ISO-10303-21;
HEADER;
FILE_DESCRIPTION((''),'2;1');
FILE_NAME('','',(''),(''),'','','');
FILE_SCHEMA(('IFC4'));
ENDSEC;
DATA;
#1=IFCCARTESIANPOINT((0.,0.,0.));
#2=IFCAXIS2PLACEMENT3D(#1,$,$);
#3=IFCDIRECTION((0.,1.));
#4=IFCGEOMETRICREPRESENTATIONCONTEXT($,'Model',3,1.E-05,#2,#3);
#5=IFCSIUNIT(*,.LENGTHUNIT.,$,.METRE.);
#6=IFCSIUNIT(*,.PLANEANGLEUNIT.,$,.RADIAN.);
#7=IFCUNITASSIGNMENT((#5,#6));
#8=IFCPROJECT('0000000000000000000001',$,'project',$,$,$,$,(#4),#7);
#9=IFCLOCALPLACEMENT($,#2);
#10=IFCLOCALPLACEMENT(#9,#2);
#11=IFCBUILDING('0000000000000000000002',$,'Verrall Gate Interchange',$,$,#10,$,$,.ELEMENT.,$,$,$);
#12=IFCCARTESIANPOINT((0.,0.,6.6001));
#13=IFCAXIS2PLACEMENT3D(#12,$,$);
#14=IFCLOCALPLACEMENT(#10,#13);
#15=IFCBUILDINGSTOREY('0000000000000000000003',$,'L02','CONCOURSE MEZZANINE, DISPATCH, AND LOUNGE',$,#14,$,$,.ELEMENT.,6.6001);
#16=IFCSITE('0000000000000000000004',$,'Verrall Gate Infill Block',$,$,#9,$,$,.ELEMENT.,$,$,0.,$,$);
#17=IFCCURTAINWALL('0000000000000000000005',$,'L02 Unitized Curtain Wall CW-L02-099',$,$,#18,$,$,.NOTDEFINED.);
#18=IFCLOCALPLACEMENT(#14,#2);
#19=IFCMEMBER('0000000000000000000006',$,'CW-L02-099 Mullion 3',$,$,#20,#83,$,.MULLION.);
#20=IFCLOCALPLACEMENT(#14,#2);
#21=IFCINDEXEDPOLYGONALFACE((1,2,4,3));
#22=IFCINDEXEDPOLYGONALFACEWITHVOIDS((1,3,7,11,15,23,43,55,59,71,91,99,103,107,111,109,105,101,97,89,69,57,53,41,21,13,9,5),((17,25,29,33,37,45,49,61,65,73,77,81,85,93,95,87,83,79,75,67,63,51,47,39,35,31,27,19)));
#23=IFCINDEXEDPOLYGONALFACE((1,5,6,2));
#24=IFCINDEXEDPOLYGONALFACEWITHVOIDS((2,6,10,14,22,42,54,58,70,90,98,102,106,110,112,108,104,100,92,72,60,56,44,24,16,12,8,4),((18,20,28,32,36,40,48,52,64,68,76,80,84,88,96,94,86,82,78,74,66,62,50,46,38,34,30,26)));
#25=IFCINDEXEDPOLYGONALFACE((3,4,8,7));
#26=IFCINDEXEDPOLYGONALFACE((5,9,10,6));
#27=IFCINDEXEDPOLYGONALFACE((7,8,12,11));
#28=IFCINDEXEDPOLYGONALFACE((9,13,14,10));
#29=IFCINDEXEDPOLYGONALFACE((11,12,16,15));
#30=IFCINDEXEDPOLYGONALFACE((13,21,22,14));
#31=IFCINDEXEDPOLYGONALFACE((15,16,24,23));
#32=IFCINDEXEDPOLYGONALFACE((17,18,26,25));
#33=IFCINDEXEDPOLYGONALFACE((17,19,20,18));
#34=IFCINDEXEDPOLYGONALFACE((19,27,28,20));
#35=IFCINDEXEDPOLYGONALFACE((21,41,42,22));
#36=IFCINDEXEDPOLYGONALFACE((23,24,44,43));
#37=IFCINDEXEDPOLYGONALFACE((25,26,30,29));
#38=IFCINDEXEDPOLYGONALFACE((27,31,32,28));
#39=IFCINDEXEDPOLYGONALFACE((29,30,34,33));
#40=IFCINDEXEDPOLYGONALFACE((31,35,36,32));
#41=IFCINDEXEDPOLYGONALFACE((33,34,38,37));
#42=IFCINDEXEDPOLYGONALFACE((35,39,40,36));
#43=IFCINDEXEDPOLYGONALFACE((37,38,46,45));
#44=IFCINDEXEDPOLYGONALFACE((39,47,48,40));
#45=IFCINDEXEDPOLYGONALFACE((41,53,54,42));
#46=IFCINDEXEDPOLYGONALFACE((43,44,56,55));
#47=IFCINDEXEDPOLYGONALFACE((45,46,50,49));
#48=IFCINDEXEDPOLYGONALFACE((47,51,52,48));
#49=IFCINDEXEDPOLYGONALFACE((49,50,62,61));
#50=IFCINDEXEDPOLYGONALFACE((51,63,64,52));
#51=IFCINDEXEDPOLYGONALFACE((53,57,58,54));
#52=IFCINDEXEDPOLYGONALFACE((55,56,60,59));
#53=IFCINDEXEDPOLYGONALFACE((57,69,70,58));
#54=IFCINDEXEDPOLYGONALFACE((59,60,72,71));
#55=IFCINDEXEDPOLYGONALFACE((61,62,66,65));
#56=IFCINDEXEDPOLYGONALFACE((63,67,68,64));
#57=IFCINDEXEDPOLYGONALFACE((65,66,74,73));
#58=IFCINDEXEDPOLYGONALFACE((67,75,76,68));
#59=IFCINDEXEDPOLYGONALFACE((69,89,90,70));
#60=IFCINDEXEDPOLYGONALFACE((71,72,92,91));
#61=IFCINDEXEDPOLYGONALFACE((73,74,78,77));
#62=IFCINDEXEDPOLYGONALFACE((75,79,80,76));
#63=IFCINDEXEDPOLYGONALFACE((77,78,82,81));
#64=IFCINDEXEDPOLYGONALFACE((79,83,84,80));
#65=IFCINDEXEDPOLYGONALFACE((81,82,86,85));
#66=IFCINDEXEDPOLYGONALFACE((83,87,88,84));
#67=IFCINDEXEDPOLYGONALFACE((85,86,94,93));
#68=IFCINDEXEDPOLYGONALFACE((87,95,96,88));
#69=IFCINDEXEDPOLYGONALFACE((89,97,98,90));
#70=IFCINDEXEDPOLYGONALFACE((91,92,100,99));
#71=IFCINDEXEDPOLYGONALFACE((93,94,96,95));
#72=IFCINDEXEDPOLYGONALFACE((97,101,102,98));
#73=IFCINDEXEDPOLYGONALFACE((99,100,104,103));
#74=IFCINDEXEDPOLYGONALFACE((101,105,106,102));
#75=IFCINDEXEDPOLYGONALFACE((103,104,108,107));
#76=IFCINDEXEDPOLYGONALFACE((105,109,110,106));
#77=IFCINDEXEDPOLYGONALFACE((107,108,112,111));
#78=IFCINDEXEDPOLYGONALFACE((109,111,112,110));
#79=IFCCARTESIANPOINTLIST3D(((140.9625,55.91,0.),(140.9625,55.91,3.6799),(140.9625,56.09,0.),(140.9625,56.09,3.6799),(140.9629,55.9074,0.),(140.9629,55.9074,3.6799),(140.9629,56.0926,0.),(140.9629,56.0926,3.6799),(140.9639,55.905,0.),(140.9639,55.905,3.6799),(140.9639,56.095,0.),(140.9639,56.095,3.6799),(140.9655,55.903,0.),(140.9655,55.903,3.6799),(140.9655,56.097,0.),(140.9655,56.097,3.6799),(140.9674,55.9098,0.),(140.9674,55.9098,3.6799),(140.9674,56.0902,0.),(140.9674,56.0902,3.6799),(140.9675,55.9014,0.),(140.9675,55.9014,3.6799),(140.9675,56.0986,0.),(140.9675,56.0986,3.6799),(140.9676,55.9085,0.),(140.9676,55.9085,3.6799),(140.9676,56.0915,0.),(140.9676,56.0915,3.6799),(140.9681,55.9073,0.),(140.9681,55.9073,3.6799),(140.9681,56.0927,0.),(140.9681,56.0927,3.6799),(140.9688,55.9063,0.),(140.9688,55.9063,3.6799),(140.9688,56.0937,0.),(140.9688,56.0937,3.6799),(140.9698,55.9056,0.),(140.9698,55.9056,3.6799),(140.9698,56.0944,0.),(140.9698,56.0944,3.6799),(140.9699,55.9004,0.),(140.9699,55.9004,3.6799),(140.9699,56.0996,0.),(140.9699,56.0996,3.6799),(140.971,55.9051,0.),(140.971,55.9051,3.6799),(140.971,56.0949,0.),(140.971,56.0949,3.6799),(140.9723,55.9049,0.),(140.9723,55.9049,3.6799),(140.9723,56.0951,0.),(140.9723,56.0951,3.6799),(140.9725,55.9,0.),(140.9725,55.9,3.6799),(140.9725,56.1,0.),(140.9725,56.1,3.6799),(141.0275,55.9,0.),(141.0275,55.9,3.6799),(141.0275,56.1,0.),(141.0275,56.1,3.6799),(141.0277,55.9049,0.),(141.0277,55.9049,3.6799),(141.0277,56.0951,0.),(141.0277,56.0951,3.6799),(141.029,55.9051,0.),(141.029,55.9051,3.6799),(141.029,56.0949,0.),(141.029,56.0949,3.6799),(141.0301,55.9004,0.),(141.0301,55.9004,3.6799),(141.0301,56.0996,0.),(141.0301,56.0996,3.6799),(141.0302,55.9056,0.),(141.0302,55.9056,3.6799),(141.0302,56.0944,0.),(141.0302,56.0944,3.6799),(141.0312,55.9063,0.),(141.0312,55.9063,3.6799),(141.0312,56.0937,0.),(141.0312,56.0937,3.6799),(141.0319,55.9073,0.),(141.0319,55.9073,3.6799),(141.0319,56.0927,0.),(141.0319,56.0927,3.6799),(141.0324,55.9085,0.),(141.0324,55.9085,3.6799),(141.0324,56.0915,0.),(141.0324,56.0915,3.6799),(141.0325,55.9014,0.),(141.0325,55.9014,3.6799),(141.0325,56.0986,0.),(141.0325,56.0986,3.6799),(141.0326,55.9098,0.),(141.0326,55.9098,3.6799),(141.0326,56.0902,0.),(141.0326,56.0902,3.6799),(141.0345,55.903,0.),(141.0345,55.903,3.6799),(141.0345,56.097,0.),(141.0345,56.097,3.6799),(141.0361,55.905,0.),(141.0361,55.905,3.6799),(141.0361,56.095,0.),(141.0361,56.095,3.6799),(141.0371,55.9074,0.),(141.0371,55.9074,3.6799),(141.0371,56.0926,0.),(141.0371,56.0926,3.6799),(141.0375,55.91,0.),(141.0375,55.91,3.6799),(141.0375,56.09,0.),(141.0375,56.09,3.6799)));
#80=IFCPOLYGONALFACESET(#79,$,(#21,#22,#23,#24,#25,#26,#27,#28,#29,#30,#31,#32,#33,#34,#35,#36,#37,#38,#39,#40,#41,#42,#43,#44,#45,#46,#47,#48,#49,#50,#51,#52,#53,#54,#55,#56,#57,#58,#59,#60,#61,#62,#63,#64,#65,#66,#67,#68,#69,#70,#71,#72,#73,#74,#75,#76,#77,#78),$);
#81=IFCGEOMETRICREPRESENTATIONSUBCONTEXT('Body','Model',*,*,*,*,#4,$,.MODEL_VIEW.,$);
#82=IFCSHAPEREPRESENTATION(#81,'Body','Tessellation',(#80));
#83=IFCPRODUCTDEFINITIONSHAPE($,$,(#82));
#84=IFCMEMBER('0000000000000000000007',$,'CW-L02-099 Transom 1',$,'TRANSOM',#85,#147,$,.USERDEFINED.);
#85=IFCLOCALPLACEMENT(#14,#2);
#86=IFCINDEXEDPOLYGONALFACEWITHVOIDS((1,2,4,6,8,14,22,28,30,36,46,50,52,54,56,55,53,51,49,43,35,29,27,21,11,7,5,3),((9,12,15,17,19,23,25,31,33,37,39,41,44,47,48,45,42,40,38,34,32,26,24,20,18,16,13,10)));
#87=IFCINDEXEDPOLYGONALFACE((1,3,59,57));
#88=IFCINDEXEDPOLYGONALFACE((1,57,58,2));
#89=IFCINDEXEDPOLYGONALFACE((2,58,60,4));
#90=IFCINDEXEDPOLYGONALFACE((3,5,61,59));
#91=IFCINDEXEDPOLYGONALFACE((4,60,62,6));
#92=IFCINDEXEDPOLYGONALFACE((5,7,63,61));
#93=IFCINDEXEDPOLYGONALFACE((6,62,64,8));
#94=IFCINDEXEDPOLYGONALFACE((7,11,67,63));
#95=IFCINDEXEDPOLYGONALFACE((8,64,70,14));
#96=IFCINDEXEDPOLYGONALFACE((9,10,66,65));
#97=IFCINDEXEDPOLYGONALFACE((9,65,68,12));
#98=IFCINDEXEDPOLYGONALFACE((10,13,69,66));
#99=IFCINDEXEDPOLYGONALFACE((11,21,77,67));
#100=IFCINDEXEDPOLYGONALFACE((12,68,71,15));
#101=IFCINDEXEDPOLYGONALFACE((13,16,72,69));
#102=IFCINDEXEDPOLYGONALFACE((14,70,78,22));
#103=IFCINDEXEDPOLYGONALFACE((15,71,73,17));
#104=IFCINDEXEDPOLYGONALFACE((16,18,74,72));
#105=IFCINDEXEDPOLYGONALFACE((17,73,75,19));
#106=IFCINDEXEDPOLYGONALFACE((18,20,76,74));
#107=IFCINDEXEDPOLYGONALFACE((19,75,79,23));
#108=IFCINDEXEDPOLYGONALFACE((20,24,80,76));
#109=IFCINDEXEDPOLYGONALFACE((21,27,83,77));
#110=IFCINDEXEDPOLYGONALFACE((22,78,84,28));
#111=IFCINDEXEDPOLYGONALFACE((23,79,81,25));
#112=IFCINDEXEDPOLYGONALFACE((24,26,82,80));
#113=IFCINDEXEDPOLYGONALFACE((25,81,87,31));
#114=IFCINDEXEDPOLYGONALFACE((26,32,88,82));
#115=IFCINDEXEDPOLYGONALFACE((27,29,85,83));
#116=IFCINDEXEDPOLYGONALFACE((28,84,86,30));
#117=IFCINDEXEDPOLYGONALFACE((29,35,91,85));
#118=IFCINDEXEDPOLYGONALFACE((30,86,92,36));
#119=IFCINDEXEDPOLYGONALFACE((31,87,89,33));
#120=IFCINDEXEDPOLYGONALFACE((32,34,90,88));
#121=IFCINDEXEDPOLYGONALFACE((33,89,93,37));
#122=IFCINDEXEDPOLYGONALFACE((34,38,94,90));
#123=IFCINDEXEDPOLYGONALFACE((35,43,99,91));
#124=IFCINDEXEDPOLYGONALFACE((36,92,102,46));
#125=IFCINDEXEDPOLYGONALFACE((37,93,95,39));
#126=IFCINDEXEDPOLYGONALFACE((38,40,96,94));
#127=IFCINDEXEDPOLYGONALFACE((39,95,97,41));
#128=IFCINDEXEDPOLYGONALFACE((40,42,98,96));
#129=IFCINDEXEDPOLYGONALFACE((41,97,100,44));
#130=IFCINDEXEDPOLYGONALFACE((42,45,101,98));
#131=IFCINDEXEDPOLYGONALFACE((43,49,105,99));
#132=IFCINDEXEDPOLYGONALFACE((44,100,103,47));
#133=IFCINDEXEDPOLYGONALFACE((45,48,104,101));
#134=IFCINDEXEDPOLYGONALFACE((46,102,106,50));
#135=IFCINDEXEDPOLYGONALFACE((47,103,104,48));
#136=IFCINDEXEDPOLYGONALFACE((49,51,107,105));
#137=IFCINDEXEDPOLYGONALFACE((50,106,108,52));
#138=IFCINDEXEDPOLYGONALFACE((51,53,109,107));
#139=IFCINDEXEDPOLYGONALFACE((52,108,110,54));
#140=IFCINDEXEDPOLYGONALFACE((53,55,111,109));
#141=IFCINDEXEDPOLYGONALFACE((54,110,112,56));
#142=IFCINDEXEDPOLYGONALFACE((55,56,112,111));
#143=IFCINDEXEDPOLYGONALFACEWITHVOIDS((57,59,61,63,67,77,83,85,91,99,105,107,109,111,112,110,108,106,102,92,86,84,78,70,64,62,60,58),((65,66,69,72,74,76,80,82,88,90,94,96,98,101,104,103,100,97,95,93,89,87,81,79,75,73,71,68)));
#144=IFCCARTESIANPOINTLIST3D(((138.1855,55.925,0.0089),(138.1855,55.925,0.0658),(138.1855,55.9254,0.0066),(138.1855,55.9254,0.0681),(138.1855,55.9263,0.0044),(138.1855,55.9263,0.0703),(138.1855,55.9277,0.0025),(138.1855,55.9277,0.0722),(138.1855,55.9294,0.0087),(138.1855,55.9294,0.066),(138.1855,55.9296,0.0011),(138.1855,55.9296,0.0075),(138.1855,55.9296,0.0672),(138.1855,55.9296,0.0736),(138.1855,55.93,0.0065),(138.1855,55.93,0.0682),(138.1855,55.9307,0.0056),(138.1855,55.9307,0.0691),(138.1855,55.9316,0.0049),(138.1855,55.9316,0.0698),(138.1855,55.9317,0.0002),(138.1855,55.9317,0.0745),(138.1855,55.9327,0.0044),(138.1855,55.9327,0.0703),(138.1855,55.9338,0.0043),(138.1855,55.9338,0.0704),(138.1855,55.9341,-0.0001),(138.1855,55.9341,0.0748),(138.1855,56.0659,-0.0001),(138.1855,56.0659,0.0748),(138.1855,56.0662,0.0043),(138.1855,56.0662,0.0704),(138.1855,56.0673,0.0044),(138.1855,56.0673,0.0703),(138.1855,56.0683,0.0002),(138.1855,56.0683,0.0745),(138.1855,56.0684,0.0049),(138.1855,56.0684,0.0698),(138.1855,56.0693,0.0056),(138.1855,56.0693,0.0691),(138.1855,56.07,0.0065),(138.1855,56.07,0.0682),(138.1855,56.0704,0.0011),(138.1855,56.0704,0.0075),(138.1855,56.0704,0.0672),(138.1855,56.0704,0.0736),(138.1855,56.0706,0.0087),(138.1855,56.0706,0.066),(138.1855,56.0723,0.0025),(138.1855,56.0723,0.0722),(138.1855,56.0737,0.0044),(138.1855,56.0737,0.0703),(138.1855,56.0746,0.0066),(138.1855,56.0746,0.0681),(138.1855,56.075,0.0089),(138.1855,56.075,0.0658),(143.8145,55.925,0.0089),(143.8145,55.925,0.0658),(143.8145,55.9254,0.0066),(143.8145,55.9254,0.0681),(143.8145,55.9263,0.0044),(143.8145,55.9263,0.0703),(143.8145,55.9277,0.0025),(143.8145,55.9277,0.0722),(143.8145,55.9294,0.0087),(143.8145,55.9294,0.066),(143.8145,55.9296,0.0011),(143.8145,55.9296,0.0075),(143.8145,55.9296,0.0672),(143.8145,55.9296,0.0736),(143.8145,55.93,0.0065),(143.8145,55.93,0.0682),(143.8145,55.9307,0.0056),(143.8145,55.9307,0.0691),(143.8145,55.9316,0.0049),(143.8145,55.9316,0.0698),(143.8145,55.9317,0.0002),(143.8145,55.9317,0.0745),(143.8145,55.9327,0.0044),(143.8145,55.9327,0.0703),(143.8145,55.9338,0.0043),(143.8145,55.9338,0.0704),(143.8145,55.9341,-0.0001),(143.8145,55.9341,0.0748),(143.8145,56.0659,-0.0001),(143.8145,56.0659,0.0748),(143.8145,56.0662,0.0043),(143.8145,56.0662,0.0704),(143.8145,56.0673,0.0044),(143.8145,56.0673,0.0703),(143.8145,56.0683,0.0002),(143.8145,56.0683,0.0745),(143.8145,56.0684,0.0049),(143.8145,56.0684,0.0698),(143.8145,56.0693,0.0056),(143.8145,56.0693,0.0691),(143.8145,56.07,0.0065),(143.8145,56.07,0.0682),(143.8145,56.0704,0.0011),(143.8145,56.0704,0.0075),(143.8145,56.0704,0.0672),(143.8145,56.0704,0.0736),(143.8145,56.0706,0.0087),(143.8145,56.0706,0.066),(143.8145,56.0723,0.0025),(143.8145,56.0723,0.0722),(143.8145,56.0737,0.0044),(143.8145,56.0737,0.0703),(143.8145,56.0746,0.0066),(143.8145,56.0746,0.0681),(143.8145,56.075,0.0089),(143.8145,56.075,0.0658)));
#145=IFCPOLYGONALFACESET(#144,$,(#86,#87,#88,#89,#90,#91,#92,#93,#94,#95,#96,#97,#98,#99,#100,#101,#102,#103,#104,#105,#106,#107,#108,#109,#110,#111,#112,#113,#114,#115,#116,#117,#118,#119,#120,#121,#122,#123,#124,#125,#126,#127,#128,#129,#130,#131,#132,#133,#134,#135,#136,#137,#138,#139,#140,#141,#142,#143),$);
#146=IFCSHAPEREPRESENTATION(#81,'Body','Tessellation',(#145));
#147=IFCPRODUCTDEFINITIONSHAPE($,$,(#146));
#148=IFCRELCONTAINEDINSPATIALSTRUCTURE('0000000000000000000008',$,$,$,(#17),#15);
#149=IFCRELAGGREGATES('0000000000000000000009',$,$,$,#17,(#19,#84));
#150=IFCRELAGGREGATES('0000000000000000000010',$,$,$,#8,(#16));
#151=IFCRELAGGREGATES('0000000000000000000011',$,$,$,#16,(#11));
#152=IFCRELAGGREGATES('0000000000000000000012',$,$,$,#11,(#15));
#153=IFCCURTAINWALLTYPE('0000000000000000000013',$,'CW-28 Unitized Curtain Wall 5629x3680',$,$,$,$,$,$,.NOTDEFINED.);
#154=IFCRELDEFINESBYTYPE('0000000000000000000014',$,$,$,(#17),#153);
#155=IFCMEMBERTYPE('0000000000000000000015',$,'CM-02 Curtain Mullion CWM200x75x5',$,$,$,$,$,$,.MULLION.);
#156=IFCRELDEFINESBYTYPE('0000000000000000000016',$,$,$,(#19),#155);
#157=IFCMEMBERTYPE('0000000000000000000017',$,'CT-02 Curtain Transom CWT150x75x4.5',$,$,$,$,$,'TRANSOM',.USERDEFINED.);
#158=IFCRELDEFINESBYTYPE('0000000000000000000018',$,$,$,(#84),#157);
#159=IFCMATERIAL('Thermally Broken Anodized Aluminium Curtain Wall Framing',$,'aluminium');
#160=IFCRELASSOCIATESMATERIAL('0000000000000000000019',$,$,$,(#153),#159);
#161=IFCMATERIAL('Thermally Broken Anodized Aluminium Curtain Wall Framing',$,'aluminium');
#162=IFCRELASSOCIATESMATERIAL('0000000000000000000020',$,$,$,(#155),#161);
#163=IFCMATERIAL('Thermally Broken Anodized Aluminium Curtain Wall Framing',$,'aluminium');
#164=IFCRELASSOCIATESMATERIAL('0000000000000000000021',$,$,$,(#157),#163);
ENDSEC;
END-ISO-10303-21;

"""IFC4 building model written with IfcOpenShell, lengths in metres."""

from ifc_helpers import new_model, si_unit, direction, frame, origin, origin_2d, place, context, subcontext, project, spatial, hollow_rectangle, extrude, material, material_profile, profile_set, type_object, element, aggregate, save


model = new_model("IFC4")

# Units and contexts
model_context = context("Model", 3, precision=1e-05, world=origin(), true_north=direction((0.0, 1.0)))
body_context = subcontext(model_context, "Body", "Model", "MODEL_VIEW")
ifc_project = project(units=[si_unit("LENGTHUNIT", "METRE"), si_unit("PLANEANGLEUNIT", "RADIAN")], contexts=[model_context])

# Site, building, storey
site_placement = place(None, origin())
site = spatial("IfcSite", under=ifc_project, at=site_placement, Name="Verrall Gate Infill Block", CompositionType="ELEMENT", RefElevation=0.0)
building_placement = place(site_placement, origin())
building = spatial("IfcBuilding", under=site, at=building_placement, Name="Verrall Gate Interchange", CompositionType="ELEMENT")
storey_placement = place(building_placement, frame((0.0, 0.0, 6.6001)))
storey = spatial("IfcBuildingStorey", under=building, at=storey_placement, Name="L02", Description="CONCOURSE MEZZANINE, DISPATCH, AND LOUNGE", CompositionType="ELEMENT", Elevation=6.6001)

# Shared definitions
ifc_material_1 = material(Name="Thermally Broken Anodized Aluminium Curtain Wall Framing", Category="aluminium")
curtain_wall_type = type_object("IfcCurtainWallType", Name="CW-28 Unitized Curtain Wall 5629x3680", PredefinedType="NOTDEFINED", material=ifc_material_1)

# Curtain wall, members
curtain_wall_1_placement = place(storey_placement, origin())
curtain_wall_1 = element("IfcCurtainWall", 1, at=curtain_wall_1_placement, inside=storey, type_object=curtain_wall_type, Name="L02 Unitized Curtain Wall CW-L02-099", PredefinedType="NOTDEFINED")
ifc_material_2 = material(Name="Thermally Broken Anodized Aluminium Curtain Wall Framing", Category="aluminium")
ifc_material_profile_1 = material_profile(ifc_material_2, hollow_rectangle(XDim=0.075, YDim=0.2, WallThickness=0.0049, InnerFilletRadius=0.0049, OuterFilletRadius=0.01, at=origin_2d()), Name="CWM200x75x5")
ifc_profile_set_1 = profile_set([ifc_material_profile_1], Name="Thermally Broken Anodized Aluminium Curtain Wall Framing")
member_type_1 = type_object("IfcMemberType", Name="CM-02 Curtain Mullion CWM200x75x5", PredefinedType="MULLION", material=ifc_profile_set_1)
member_1_placement = place(storey_placement, frame((141.0, 56.0, 0.0), z_axis=(0.0, 0.0, 1.0), x_axis=(-1.0, 0.0, 0.0)))
member_1 = element("IfcMember", 2, at=member_1_placement, type_object=member_type_1, Name="CW-L02-099 Mullion 3", PredefinedType="MULLION", context=body_context, shape_type="SweptSolid", body=[
    extrude(hollow_rectangle(XDim=0.075, YDim=0.2, WallThickness=0.0049, InnerFilletRadius=0.0049, OuterFilletRadius=0.01, at=origin_2d()), origin(), (0.0, 0.0, 1.0), 3.6799),
])
ifc_material_3 = material(Name="Thermally Broken Anodized Aluminium Curtain Wall Framing", Category="aluminium")
ifc_material_profile_2 = material_profile(ifc_material_3, hollow_rectangle(XDim=0.1499, YDim=0.075, WallThickness=0.0044, InnerFilletRadius=0.0044, OuterFilletRadius=0.009, at=origin_2d()), Name="CWT150x75x4.5")
ifc_profile_set_2 = profile_set([ifc_material_profile_2], Name="Thermally Broken Anodized Aluminium Curtain Wall Framing")
member_type_2 = type_object("IfcMemberType", Name="CT-02 Curtain Transom CWT150x75x4.5", ElementType="TRANSOM", PredefinedType="USERDEFINED", material=ifc_profile_set_2)
member_2_placement = place(storey_placement, frame((143.8145, 56.0, 0.0374), z_axis=(-1.0, 0.0, 0.0), x_axis=(0.0, -1.0, 0.0)))
member_2 = element("IfcMember", 3, at=member_2_placement, type_object=member_type_2, Name="CW-L02-099 Transom 1", ObjectType="TRANSOM", PredefinedType="USERDEFINED", context=body_context, shape_type="SweptSolid", body=[
    extrude(hollow_rectangle(XDim=0.1499, YDim=0.075, WallThickness=0.0044, InnerFilletRadius=0.0044, OuterFilletRadius=0.009, at=origin_2d()), origin(), (0.0, 0.0, 1.0), 5.6289),
])

aggregate(curtain_wall_1, [member_1, member_2])

save(model, "model.ifc")
